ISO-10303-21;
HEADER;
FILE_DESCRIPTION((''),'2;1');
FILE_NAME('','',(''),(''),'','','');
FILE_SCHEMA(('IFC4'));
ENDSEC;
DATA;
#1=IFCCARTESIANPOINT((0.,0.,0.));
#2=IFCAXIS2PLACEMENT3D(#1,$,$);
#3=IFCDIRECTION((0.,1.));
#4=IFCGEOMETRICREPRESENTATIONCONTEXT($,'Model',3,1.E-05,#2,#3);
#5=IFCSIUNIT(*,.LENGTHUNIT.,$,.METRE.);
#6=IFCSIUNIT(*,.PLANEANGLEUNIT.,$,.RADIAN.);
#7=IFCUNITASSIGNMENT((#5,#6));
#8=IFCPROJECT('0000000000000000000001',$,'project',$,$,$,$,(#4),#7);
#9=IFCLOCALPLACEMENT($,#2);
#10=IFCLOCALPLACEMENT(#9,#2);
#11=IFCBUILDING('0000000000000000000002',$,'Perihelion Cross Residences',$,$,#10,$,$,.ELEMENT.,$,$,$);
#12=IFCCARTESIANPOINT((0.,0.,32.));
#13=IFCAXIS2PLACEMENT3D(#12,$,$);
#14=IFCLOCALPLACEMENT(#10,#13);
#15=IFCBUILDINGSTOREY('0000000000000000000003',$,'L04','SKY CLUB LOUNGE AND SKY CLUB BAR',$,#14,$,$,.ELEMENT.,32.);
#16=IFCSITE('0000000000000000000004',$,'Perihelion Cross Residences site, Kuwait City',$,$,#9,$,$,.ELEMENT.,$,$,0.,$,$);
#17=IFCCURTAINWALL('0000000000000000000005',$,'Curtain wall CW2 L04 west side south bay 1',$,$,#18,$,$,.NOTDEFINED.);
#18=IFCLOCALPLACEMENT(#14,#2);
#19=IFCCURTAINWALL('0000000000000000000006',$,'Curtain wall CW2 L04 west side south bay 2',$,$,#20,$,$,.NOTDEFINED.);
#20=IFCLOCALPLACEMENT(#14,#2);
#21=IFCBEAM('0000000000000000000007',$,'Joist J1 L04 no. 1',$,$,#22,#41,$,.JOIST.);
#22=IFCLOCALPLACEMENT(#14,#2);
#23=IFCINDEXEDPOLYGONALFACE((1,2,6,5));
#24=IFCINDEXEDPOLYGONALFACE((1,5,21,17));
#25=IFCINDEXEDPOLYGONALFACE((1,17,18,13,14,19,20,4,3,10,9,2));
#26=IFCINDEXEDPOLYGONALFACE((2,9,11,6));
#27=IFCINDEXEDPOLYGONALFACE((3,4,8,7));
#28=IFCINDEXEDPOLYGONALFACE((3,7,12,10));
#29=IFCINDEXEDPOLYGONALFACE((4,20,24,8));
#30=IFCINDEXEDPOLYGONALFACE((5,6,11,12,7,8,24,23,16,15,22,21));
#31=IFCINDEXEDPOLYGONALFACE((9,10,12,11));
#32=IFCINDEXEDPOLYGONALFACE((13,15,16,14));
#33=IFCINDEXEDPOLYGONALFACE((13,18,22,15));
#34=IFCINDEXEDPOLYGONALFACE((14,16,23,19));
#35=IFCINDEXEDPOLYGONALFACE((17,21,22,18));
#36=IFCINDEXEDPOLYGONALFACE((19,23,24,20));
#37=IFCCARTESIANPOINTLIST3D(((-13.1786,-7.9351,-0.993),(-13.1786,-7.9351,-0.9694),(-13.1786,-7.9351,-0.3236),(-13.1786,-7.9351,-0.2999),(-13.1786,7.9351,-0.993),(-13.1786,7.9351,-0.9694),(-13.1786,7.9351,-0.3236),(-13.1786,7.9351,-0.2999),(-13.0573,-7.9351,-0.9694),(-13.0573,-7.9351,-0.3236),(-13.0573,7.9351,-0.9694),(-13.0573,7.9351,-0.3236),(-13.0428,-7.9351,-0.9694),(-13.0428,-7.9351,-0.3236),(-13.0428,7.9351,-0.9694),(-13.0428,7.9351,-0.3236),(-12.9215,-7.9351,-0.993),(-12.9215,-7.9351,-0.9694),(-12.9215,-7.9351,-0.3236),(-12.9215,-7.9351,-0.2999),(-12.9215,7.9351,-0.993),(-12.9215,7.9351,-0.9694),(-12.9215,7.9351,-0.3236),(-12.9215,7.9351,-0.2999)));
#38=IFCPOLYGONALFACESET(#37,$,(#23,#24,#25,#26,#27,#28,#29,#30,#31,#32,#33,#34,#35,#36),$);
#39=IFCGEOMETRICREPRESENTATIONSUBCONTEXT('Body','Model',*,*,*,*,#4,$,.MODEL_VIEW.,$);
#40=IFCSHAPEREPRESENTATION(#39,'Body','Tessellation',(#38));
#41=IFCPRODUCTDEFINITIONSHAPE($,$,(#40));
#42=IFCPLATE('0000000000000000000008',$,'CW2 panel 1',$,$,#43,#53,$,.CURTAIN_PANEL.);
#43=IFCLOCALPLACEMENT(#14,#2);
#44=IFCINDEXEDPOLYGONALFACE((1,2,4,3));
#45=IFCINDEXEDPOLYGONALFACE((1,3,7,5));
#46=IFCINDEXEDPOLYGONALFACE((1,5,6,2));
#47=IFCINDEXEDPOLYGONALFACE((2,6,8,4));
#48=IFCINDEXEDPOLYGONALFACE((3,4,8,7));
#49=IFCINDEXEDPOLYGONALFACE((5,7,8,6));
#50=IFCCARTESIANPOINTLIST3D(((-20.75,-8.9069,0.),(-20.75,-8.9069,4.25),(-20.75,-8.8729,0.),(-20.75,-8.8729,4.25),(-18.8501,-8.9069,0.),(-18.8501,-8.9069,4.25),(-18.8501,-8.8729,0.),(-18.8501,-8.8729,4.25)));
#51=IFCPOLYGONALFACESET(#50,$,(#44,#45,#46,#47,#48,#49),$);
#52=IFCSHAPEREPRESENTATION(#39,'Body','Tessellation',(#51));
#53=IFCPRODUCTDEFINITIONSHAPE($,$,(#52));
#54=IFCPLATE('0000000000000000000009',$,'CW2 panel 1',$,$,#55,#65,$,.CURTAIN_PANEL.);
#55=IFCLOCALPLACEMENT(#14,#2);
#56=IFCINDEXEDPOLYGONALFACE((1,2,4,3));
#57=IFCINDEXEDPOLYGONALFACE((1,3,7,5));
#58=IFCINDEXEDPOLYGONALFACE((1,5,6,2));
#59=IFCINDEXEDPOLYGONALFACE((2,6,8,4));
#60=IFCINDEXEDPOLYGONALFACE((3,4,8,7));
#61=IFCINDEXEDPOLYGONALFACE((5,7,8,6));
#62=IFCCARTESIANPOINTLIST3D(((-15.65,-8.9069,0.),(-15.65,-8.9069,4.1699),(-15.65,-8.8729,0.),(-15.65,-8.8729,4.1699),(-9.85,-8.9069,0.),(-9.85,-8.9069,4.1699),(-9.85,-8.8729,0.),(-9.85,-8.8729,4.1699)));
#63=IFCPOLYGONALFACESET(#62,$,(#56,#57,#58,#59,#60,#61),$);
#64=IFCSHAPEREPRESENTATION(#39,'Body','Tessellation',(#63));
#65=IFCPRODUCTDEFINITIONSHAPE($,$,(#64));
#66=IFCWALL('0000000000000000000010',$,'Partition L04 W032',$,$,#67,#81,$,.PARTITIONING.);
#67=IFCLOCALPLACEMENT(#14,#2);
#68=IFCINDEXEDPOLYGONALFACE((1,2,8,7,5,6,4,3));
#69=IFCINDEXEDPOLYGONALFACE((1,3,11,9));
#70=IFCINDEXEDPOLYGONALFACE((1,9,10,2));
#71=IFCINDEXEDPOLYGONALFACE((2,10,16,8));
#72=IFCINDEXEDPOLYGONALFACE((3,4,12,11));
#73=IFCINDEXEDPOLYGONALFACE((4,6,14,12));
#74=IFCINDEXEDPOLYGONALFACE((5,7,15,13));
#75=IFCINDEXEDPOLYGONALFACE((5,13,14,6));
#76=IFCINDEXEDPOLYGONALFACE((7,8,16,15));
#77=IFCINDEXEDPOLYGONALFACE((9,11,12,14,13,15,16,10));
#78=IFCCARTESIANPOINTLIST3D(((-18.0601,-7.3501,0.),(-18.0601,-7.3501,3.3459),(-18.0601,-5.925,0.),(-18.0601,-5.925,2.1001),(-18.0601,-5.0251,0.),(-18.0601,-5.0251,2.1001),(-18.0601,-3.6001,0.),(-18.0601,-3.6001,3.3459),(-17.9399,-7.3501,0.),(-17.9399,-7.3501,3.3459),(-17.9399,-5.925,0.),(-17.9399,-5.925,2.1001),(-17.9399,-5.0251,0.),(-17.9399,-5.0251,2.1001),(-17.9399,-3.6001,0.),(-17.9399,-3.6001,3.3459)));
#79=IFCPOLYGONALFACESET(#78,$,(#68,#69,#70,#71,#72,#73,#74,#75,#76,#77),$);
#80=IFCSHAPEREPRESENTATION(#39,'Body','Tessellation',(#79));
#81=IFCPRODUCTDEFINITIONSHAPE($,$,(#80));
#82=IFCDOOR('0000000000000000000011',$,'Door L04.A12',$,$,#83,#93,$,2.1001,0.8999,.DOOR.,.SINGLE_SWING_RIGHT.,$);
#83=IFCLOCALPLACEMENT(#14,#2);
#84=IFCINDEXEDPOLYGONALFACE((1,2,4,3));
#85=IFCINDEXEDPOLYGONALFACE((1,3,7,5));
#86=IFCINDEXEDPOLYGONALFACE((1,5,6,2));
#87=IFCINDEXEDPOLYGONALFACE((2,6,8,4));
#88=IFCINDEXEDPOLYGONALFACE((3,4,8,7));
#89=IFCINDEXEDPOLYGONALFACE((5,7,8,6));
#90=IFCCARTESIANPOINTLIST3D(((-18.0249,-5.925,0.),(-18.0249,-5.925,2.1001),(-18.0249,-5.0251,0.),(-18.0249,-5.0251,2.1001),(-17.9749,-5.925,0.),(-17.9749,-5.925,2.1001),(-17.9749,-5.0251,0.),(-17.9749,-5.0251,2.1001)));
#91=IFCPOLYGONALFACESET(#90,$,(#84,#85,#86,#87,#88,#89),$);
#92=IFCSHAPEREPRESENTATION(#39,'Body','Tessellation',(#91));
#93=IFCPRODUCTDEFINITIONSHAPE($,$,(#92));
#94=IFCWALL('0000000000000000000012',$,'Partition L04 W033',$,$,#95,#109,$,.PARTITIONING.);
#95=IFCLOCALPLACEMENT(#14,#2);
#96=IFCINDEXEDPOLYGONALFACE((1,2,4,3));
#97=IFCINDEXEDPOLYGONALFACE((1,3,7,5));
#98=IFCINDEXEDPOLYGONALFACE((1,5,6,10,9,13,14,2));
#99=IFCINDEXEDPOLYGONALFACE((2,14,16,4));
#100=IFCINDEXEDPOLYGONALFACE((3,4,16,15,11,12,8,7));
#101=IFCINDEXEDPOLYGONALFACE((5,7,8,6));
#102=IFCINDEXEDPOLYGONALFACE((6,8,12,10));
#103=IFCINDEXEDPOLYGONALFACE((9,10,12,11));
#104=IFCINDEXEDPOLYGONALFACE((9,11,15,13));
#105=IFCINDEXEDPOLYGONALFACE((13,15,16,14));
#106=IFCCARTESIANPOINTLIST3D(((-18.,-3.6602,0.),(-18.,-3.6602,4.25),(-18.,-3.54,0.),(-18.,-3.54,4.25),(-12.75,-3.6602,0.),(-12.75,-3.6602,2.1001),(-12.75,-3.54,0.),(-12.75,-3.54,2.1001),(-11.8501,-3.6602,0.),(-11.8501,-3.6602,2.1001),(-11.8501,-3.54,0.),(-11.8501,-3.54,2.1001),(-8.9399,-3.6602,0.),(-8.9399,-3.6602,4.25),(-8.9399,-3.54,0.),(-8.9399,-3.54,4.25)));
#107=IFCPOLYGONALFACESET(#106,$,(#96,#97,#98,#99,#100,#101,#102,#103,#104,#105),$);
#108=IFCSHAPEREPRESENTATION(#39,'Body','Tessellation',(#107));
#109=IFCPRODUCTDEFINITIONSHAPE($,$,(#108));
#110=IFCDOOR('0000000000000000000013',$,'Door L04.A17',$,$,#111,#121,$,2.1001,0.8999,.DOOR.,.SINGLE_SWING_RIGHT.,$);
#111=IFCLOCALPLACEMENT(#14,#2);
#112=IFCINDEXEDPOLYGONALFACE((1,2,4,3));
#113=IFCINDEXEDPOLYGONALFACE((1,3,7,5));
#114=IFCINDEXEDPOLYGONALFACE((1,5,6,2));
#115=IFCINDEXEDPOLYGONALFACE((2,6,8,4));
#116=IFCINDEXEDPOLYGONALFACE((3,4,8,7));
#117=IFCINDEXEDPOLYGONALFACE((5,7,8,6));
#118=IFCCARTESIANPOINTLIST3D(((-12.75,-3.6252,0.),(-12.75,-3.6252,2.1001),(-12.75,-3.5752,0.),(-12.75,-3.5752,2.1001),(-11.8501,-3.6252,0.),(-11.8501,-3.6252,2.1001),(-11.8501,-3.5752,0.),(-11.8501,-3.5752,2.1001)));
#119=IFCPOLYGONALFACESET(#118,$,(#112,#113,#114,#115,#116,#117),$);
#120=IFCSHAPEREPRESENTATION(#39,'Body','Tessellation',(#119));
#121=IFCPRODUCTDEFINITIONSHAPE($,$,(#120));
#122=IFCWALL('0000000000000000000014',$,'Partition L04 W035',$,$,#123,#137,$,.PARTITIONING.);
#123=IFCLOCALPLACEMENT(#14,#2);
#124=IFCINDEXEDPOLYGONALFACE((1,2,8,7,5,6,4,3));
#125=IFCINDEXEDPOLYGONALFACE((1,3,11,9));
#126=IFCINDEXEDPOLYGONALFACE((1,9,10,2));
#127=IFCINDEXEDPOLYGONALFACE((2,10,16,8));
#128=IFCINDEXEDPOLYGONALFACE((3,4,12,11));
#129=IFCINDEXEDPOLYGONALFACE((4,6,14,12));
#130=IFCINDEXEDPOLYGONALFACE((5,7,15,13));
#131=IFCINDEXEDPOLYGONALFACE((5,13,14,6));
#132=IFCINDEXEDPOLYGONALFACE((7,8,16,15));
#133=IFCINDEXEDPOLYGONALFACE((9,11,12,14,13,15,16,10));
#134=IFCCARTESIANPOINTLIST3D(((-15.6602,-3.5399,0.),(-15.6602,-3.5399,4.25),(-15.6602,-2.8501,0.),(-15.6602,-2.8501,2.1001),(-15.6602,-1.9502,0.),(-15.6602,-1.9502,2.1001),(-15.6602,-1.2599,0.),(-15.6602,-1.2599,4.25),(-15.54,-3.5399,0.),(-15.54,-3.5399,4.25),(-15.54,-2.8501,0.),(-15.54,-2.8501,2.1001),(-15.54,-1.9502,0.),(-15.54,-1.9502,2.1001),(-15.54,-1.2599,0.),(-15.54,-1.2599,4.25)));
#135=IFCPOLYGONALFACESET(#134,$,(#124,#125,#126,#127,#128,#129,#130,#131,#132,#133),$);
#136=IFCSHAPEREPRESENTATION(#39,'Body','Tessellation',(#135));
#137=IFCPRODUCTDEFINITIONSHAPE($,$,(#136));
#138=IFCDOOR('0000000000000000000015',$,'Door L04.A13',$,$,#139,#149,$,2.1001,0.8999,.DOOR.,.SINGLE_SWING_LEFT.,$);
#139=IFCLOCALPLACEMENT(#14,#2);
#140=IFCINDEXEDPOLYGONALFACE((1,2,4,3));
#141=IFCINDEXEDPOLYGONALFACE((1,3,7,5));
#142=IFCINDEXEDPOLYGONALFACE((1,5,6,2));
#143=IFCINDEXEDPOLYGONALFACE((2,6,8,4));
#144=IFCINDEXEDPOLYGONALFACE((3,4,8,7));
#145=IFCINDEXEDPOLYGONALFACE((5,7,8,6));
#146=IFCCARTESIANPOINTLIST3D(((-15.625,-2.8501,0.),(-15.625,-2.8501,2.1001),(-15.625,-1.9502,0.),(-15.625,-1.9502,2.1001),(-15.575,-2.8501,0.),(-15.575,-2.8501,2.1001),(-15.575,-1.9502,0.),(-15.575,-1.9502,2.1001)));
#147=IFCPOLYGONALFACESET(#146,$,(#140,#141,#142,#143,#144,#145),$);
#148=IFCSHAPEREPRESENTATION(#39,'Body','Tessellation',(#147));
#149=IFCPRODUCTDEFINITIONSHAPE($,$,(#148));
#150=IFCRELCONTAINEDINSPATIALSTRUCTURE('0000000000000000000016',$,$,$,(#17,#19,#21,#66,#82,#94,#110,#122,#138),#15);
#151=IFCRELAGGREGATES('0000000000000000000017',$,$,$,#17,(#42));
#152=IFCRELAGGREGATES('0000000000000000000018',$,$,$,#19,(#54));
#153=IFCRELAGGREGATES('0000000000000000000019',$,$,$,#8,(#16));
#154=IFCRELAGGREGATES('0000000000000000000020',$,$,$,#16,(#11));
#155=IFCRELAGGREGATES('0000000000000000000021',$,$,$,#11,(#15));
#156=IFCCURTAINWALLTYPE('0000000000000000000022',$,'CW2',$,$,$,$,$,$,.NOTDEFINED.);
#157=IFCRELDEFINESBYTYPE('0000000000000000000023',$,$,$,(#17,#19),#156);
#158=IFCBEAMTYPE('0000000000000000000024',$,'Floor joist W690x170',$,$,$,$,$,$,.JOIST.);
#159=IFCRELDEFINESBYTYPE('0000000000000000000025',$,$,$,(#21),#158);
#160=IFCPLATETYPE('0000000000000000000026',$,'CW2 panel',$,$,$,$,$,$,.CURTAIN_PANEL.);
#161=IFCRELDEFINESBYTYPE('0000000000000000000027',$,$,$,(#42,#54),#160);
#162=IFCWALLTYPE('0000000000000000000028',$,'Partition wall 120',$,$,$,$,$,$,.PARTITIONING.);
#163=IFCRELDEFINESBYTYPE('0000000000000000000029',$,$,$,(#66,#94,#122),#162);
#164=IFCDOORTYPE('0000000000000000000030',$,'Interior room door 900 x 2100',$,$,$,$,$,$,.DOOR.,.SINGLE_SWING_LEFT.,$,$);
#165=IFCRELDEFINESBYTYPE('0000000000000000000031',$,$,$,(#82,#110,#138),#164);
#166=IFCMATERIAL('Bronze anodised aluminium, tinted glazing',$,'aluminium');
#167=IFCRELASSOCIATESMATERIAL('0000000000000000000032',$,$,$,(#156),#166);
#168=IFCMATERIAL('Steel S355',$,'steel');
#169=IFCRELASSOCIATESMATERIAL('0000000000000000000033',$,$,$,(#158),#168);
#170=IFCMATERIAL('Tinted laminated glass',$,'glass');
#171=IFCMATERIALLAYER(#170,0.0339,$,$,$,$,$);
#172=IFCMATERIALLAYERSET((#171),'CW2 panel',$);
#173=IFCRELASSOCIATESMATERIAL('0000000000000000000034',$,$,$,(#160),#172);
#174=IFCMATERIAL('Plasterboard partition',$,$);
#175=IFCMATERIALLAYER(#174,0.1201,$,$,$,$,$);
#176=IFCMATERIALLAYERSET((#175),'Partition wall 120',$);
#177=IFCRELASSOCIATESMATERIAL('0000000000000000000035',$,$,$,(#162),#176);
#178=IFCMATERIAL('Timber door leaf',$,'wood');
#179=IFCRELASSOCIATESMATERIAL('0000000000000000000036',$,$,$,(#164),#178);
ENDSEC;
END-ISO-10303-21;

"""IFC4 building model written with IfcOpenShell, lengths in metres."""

from ifc_helpers import new_model, si_unit, direction, frame, frame_2d, origin, origin_2d, place, context, subcontext, project, spatial, rectangle, i_section, extrude, material, layer, layer_set, material_profile, profile_set, type_object, element, fill, aggregate, save


model = new_model("IFC4")

# Units and contexts
model_context = context("Model", 3, precision=1e-05, world=origin(), true_north=direction((0.0, 1.0)))
body_context = subcontext(model_context, "Body", "Model", "MODEL_VIEW")
ifc_project = project(units=[si_unit("LENGTHUNIT", "METRE"), si_unit("PLANEANGLEUNIT", "RADIAN")], contexts=[model_context])

# Site, building, storey
site_placement = place(None, origin())
site = spatial("IfcSite", under=ifc_project, at=site_placement, Name="Perihelion Cross Residences site, Kuwait City", CompositionType="ELEMENT", RefElevation=0.0)
building_placement = place(site_placement, origin())
building = spatial("IfcBuilding", under=site, at=building_placement, Name="Perihelion Cross Residences", CompositionType="ELEMENT")
storey_placement = place(building_placement, frame((0.0, 0.0, 32.0)))
storey = spatial("IfcBuildingStorey", under=building, at=storey_placement, Name="L04", Description="SKY CLUB LOUNGE AND SKY CLUB BAR", CompositionType="ELEMENT", Elevation=32.0)

# Curtain wall
ifc_material_1 = material(Name="Bronze anodised aluminium, tinted glazing", Category="aluminium")
curtain_wall_type = type_object("IfcCurtainWallType", Name="CW2", PredefinedType="NOTDEFINED", material=ifc_material_1)
curtain_wall_1_placement = place(storey_placement, origin())
curtain_wall_1 = element("IfcCurtainWall", 1, at=curtain_wall_1_placement, inside=storey, type_object=curtain_wall_type, Name="Curtain wall CW2 L04 west side south bay 1", PredefinedType="NOTDEFINED")

# Curtain wall
curtain_wall_2_placement = place(storey_placement, origin())
curtain_wall_2 = element("IfcCurtainWall", 2, at=curtain_wall_2_placement, inside=storey, type_object=curtain_wall_type, Name="Curtain wall CW2 L04 west side south bay 2", PredefinedType="NOTDEFINED")

# Beam
ifc_material_2 = material(Name="Steel S355", Category="steel")
ifc_material_profile_1 = material_profile(ifc_material_2, i_section(OverallWidth=0.2571, OverallDepth=0.6931, WebThickness=0.0144, FlangeThickness=0.0237, at=origin_2d()), Name="W690x170")
ifc_profile_set_1 = profile_set([ifc_material_profile_1], Name="Steel S355")
beam_type_1 = type_object("IfcBeamType", Name="Floor joist W690x170", PredefinedType="JOIST", material=ifc_profile_set_1)
beam_1_placement = place(storey_placement, frame((-13.05, -7.9351, -0.6465), z_axis=(0.0, 1.0, 0.0), x_axis=(-1.0, 0.0, 0.0)))
element("IfcBeam", 3, at=beam_1_placement, inside=storey, type_object=beam_type_1, Name="Joist J1 L04 no. 1", PredefinedType="JOIST", context=body_context, shape_type="SweptSolid", body=[
    extrude(i_section(OverallWidth=0.2571, OverallDepth=0.6931, WebThickness=0.0144, FlangeThickness=0.0237, at=origin_2d()), origin(), (0.0, 0.0, 1.0), 15.8701),
])

# Plates
ifc_material_3 = material(Name="Tinted laminated glass", Category="glass")
ifc_layer_1 = layer(ifc_material_3, 0.0339)
ifc_layer_set_1 = layer_set([ifc_layer_1], Name="CW2 panel")
plate_type = type_object("IfcPlateType", Name="CW2 panel", PredefinedType="CURTAIN_PANEL", material=ifc_layer_set_1)
plate_1_placement = place(storey_placement, frame((-19.8, -8.8899, 0.0), z_axis=(0.0, 0.0, 1.0), x_axis=(1.0, 0.0, 0.0)))
plate_1 = element("IfcPlate", 4, at=plate_1_placement, type_object=plate_type, Name="CW2 panel 1", PredefinedType="CURTAIN_PANEL", context=body_context, shape_type="SweptSolid", body=[
    extrude(rectangle(XDim=1.8999, YDim=0.0339, at=origin_2d()), origin(), (0.0, 0.0, 1.0), 4.25),
])
aggregate(curtain_wall_1, [plate_1])
plate_2_placement = place(storey_placement, frame((-12.75, -8.8899, 0.0), z_axis=(0.0, 0.0, 1.0), x_axis=(1.0, 0.0, 0.0)))
plate_2 = element("IfcPlate", 5, at=plate_2_placement, type_object=plate_type, Name="CW2 panel 1", PredefinedType="CURTAIN_PANEL", context=body_context, shape_type="SweptSolid", body=[
    extrude(rectangle(XDim=5.8, YDim=0.0339, at=origin_2d()), origin(), (0.0, 0.0, 1.0), 4.1699),
])
aggregate(curtain_wall_2, [plate_2])

# Walls, openings, doors
ifc_material_4 = material(Name="Plasterboard partition")
ifc_layer_2 = layer(ifc_material_4, 0.1201)
ifc_layer_set_2 = layer_set([ifc_layer_2], Name="Partition wall 120")
wall_type_1 = type_object("IfcWallType", Name="Partition wall 120", PredefinedType="PARTITIONING", material=ifc_layer_set_2)
wall_1_placement = place(storey_placement, frame((-18.0, -7.3501, 0.0), z_axis=(0.0, 0.0, 1.0), x_axis=(0.0, 1.0, 0.0)))
wall_1 = element("IfcWall", 6, at=wall_1_placement, inside=storey, type_object=wall_type_1, Name="Partition L04 W032", PredefinedType="PARTITIONING", context=body_context, shape_type="SweptSolid", body=[
    extrude(rectangle(XDim=3.75, YDim=0.1201, at=frame_2d((1.875, 0.0))), origin(), (0.0, 0.0, 1.0), 3.3459),
])
opening_1_placement = place(wall_1_placement, frame((1.425, 0.0, 0.0)))
opening_1 = element("IfcOpeningElement", 7, at=opening_1_placement, cuts=wall_1, PredefinedType="OPENING", context=body_context, shape_type="SweptSolid", body=[
    extrude(rectangle(XDim=0.8999, YDim=2.1001, at=frame_2d((0.45, 1.05))), frame((0.0, 0.0701, 0.0), z_axis=(0.0, -1.0, 0.0), x_axis=(1.0, 0.0, 0.0)), (0.0, 0.0, 1.0), 0.1401),
])
ifc_material_5 = material(Name="Timber door leaf", Category="wood")
door_type_1 = type_object("IfcDoorType", Name="Interior room door 900 x 2100", OperationType="SINGLE_SWING_LEFT", PredefinedType="DOOR", material=ifc_material_5)
door_1_placement = place(opening_1_placement, origin())
door_1 = element("IfcDoor", 8, at=door_1_placement, inside=storey, type_object=door_type_1, Name="Door L04.A12", OperationType="SINGLE_SWING_RIGHT", OverallHeight=2.1001, OverallWidth=0.8999, PredefinedType="DOOR", context=body_context, shape_type="SweptSolid", body=[
    extrude(rectangle(XDim=0.8999, YDim=2.1001, at=frame_2d((0.45, 1.05))), frame((0.0, 0.0249, 0.0), z_axis=(0.0, -1.0, 0.0), x_axis=(1.0, 0.0, 0.0)), (0.0, 0.0, 1.0), 0.05),
])
fill(opening_1, door_1)
wall_2_placement = place(storey_placement, frame((-18.0, -3.6001, 0.0), z_axis=(0.0, 0.0, 1.0), x_axis=(1.0, 0.0, 0.0)))
wall_2 = element("IfcWall", 9, at=wall_2_placement, inside=storey, type_object=wall_type_1, Name="Partition L04 W033", PredefinedType="PARTITIONING", context=body_context, shape_type="SweptSolid", body=[
    extrude(rectangle(XDim=9.0601, YDim=0.1201, at=frame_2d((4.53, 0.0))), origin(), (0.0, 0.0, 1.0), 4.25),
])
opening_2_placement = place(wall_2_placement, frame((5.25, 0.0, 0.0)))
opening_2 = element("IfcOpeningElement", 10, at=opening_2_placement, cuts=wall_2, PredefinedType="OPENING", context=body_context, shape_type="SweptSolid", body=[
    extrude(rectangle(XDim=0.8999, YDim=2.1001, at=frame_2d((0.45, 1.05))), frame((0.0, 0.0701, 0.0), z_axis=(0.0, -1.0, 0.0), x_axis=(1.0, 0.0, 0.0)), (0.0, 0.0, 1.0), 0.1401),
])
door_2_placement = place(opening_2_placement, origin())
door_2 = element("IfcDoor", 11, at=door_2_placement, inside=storey, type_object=door_type_1, Name="Door L04.A17", OperationType="SINGLE_SWING_RIGHT", OverallHeight=2.1001, OverallWidth=0.8999, PredefinedType="DOOR", context=body_context, shape_type="SweptSolid", body=[
    extrude(rectangle(XDim=0.8999, YDim=2.1001, at=frame_2d((0.45, 1.05))), frame((0.0, 0.0249, 0.0), z_axis=(0.0, -1.0, 0.0), x_axis=(1.0, 0.0, 0.0)), (0.0, 0.0, 1.0), 0.05),
])
fill(opening_2, door_2)
wall_3_placement = place(storey_placement, frame((-15.6001, -3.54, 0.0), z_axis=(0.0, 0.0, 1.0), x_axis=(0.0, 1.0, 0.0)))
wall_3 = element("IfcWall", 12, at=wall_3_placement, inside=storey, type_object=wall_type_1, Name="Partition L04 W035", PredefinedType="PARTITIONING", context=body_context, shape_type="SweptSolid", body=[
    extrude(rectangle(XDim=2.28, YDim=0.1201, at=frame_2d((1.1401, 0.0))), origin(), (0.0, 0.0, 1.0), 4.25),
])
opening_3_placement = place(wall_3_placement, frame((0.6899, 0.0, 0.0)))
opening_3 = element("IfcOpeningElement", 13, at=opening_3_placement, cuts=wall_3, PredefinedType="OPENING", context=body_context, shape_type="SweptSolid", body=[
    extrude(rectangle(XDim=0.8999, YDim=2.1001, at=frame_2d((0.45, 1.05))), frame((0.0, 0.0701, 0.0), z_axis=(0.0, -1.0, 0.0), x_axis=(1.0, 0.0, 0.0)), (0.0, 0.0, 1.0), 0.1401),
])
door_3_placement = place(opening_3_placement, origin())
door_3 = element("IfcDoor", 14, at=door_3_placement, inside=storey, type_object=door_type_1, Name="Door L04.A13", OperationType="SINGLE_SWING_LEFT", OverallHeight=2.1001, OverallWidth=0.8999, PredefinedType="DOOR", context=body_context, shape_type="SweptSolid", body=[
    extrude(rectangle(XDim=0.8999, YDim=2.1001, at=frame_2d((0.45, 1.05))), frame((0.0, 0.0249, 0.0), z_axis=(0.0, -1.0, 0.0), x_axis=(1.0, 0.0, 0.0)), (0.0, 0.0, 1.0), 0.05),
])
fill(opening_3, door_3)

save(model, "model.ifc")
